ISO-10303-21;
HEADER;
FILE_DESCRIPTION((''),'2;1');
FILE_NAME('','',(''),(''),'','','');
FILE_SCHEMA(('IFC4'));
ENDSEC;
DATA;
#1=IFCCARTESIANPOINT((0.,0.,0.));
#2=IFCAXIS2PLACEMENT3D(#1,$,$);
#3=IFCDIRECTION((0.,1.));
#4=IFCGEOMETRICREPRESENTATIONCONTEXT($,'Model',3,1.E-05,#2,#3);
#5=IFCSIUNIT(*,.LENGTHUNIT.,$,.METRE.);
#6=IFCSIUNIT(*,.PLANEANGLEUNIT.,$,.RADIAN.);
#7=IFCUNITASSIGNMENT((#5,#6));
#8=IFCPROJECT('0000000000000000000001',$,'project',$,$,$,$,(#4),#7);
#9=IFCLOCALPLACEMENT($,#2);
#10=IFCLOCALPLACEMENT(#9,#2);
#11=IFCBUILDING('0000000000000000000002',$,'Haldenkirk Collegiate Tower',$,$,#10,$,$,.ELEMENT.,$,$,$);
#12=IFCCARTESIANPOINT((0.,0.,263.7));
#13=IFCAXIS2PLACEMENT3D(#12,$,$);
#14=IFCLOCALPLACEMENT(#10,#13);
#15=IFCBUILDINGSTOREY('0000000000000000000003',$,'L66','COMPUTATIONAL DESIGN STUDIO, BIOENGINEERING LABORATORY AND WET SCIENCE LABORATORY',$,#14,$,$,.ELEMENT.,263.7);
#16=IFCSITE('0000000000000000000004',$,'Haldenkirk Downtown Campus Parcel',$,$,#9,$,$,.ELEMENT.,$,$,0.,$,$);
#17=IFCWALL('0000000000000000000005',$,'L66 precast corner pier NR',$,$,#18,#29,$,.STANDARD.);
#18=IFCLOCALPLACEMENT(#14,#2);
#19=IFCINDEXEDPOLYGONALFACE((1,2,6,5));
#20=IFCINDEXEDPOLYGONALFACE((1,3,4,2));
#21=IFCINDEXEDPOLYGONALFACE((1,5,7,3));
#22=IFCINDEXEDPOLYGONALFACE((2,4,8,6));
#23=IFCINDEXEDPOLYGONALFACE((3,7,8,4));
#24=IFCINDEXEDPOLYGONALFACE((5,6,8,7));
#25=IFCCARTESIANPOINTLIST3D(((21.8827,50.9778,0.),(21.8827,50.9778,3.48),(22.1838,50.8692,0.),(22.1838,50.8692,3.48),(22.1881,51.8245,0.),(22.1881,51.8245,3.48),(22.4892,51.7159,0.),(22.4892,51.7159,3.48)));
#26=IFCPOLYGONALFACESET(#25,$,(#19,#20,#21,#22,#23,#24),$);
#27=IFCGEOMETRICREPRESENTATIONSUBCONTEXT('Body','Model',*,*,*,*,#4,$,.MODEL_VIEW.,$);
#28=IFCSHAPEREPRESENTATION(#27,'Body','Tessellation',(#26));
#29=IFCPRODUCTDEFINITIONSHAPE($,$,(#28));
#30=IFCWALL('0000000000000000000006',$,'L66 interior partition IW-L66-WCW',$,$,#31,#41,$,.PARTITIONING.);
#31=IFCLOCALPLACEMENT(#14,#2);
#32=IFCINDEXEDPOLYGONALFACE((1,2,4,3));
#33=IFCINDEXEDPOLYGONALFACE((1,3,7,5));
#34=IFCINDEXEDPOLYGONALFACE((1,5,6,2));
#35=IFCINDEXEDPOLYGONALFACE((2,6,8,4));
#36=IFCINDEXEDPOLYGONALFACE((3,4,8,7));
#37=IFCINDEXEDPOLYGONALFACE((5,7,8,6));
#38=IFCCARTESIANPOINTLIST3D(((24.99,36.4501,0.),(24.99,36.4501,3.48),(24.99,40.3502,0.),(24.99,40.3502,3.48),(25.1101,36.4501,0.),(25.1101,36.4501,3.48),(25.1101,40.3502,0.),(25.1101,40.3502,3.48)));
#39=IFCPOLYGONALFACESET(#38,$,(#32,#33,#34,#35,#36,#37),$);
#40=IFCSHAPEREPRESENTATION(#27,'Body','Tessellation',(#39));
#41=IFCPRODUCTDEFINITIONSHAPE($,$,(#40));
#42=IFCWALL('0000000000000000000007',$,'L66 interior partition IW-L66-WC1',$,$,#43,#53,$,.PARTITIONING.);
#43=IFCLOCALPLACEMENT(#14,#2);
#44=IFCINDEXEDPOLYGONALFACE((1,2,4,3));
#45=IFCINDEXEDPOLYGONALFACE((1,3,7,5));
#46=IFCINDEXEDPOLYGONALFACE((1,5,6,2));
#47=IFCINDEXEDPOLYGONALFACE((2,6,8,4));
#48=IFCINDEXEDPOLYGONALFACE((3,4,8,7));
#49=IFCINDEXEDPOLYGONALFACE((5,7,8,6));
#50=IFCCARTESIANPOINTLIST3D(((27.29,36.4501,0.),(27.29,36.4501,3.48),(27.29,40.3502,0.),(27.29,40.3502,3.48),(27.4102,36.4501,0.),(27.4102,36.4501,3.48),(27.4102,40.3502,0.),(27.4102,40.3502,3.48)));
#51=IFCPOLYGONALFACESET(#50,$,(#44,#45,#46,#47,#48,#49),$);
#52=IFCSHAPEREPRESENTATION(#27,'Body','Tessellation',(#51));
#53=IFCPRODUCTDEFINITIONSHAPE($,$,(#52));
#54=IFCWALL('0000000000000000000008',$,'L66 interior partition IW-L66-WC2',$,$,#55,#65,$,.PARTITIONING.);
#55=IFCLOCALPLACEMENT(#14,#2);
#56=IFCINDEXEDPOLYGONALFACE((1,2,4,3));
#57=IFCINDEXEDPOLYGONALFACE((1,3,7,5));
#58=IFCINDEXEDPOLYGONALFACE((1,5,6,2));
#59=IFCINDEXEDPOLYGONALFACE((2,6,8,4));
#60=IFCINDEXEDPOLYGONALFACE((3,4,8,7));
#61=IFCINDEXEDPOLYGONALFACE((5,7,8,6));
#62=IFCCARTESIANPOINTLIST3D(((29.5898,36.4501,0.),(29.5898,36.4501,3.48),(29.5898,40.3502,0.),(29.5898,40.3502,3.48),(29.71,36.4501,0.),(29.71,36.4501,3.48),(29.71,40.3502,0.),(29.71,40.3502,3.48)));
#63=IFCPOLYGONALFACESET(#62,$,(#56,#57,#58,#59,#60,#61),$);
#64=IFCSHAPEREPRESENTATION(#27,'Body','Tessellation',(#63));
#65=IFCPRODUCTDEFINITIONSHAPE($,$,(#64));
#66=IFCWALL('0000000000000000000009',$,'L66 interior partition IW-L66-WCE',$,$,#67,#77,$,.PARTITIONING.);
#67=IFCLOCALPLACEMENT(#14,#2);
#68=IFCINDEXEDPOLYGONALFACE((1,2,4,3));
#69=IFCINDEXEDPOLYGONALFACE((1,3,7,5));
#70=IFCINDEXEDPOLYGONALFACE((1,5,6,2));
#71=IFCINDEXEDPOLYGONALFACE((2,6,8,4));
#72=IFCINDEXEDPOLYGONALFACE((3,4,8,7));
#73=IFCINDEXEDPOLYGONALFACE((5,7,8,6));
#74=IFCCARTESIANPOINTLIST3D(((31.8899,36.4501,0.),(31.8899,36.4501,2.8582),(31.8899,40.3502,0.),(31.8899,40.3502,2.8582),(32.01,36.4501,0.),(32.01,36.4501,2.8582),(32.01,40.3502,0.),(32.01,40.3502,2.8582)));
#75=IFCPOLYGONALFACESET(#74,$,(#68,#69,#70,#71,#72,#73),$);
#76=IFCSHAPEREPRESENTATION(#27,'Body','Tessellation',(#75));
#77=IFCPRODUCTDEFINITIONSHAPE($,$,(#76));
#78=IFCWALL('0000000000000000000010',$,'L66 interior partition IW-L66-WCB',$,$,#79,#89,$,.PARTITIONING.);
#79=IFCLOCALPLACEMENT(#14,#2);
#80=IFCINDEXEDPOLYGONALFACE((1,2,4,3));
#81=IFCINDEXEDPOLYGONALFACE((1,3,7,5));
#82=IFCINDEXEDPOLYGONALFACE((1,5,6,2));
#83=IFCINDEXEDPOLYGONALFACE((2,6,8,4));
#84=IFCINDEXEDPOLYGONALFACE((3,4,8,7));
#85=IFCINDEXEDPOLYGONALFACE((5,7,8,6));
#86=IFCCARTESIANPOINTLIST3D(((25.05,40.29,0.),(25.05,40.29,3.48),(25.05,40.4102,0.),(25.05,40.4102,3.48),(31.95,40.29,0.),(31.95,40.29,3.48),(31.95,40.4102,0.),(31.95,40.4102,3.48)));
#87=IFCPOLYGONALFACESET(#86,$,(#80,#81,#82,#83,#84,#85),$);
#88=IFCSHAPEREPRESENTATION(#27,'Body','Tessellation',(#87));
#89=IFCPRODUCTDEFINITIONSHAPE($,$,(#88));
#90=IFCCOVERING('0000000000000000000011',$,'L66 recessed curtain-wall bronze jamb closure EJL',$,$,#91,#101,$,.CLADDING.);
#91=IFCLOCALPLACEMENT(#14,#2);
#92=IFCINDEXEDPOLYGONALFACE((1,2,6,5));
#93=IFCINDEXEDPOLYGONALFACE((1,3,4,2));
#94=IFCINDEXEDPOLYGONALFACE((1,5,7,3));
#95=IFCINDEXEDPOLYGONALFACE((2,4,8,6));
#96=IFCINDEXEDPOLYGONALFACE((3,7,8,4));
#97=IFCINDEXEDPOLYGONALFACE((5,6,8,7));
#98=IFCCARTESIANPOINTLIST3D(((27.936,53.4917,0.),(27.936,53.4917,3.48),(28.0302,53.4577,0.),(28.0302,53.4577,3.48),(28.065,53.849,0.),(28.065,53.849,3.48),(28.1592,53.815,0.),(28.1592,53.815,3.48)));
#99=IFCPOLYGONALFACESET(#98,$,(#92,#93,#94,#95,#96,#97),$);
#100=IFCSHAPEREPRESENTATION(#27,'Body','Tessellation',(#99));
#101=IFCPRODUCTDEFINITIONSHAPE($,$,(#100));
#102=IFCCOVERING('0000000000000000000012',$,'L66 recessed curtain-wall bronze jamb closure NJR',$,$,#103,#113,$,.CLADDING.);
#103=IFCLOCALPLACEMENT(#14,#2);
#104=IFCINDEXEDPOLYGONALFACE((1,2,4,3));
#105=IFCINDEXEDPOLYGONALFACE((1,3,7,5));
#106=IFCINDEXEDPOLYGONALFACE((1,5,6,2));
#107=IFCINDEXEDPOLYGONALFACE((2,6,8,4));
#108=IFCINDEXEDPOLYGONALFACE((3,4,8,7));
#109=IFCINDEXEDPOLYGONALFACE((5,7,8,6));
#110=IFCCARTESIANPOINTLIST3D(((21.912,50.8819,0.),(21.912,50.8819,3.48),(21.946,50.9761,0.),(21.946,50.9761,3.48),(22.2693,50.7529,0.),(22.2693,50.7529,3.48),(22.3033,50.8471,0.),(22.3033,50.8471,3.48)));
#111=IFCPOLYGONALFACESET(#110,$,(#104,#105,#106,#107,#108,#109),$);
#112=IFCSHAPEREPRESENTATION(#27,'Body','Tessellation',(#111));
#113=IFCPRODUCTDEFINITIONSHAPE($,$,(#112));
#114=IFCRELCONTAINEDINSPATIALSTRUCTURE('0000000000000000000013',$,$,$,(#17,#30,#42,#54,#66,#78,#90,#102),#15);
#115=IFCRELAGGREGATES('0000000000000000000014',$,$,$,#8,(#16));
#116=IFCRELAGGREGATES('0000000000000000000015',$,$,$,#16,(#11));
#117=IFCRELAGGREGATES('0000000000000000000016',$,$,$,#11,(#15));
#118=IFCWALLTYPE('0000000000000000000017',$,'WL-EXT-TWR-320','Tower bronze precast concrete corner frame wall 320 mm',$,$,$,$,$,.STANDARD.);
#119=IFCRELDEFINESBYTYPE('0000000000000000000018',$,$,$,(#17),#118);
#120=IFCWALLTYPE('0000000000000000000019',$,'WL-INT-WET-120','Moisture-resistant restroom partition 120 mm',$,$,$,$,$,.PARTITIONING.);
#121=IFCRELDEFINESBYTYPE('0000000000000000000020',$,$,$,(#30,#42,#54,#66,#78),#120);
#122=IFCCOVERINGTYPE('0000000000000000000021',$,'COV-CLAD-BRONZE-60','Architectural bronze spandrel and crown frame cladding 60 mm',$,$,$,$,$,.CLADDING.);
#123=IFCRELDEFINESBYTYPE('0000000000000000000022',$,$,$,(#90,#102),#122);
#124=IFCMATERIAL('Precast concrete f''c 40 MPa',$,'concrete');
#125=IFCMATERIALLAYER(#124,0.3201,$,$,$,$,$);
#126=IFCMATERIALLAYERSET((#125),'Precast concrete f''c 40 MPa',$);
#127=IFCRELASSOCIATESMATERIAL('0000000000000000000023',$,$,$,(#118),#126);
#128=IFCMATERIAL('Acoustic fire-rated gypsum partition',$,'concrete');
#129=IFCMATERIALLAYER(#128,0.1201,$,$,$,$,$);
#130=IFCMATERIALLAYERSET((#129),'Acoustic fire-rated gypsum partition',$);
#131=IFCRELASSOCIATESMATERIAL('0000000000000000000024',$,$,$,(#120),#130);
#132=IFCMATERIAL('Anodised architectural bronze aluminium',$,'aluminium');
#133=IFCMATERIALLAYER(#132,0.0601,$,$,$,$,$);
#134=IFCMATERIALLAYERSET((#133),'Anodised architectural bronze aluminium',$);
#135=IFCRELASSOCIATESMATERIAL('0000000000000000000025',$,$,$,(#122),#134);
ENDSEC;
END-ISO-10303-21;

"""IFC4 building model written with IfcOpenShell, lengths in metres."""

from ifc_helpers import new_model, si_unit, direction, frame, frame_2d, origin, origin_2d, place, context, subcontext, project, spatial, rectangle, extrude, source, transform, mapped, material, layer, layer_set, type_object, element, save


model = new_model("IFC4")

# Units and contexts
model_context = context("Model", 3, precision=1e-05, world=origin(), true_north=direction((0.0, 1.0)))
body_context = subcontext(model_context, "Body", "Model", "MODEL_VIEW")
ifc_project = project(units=[si_unit("LENGTHUNIT", "METRE"), si_unit("PLANEANGLEUNIT", "RADIAN")], contexts=[model_context])

# Site, building, storey
site_placement = place(None, origin())
site = spatial("IfcSite", under=ifc_project, at=site_placement, Name="Haldenkirk Downtown Campus Parcel", CompositionType="ELEMENT", RefElevation=0.0)
building_placement = place(site_placement, origin())
building = spatial("IfcBuilding", under=site, at=building_placement, Name="Haldenkirk Collegiate Tower", CompositionType="ELEMENT")
storey_placement = place(building_placement, frame((0.0, 0.0, 263.7)))
storey = spatial("IfcBuildingStorey", under=building, at=storey_placement, Name="L66", Description="COMPUTATIONAL DESIGN STUDIO, BIOENGINEERING LABORATORY AND WET SCIENCE LABORATORY", CompositionType="ELEMENT", Elevation=263.7)

# Shared definitions
ifc_material_1 = material(Name="Anodised architectural bronze aluminium", Category="aluminium")

# Shared definitions
ifc_material_2 = material(Name="Precast concrete f'c 40 MPa", Category="concrete")
ifc_layer_1 = layer(ifc_material_2, 0.3201)
ifc_layer_set_1 = layer_set([ifc_layer_1], Name="Precast concrete f'c 40 MPa")
wall_type_1 = type_object("IfcWallType", Name="WL-EXT-TWR-320", Description="Tower bronze precast concrete corner frame wall 320 mm", PredefinedType="STANDARD", material=ifc_layer_set_1)

# Walls
wall_1_placement = place(storey_placement, frame((22.0332, 50.9233, 0.0), z_axis=(0.0, 0.0, 1.0), x_axis=(0.339325, 0.940669, 0.0)))
element("IfcWall", 1, at=wall_1_placement, inside=storey, type_object=wall_type_1, Name="L66 precast corner pier NR", PredefinedType="STANDARD", context=body_context, shape_type="SweptSolid", body=[
    extrude(rectangle(XDim=0.9001, YDim=0.3201, at=frame_2d((0.4502, 0.0))), origin(), (0.0, 0.0, 1.0), 3.48),
])
ifc_material_3 = material(Name="Acoustic fire-rated gypsum partition", Category="concrete")
ifc_layer_2 = layer(ifc_material_3, 0.1201)
ifc_layer_set_2 = layer_set([ifc_layer_2], Name="Acoustic fire-rated gypsum partition")
wall_type_2 = type_object("IfcWallType", Name="WL-INT-WET-120", Description="Moisture-resistant restroom partition 120 mm", PredefinedType="PARTITIONING", material=ifc_layer_set_2)
for number, where, z_axis, x_axis, name in (
    (2, (25.05, 36.45, 0.0), (0.0, 0.0, 1.0), (0.0, 1.0, 0.0), "L66 interior partition IW-L66-WCW"),
    (3, (27.3501, 36.45, 0.0), (0.0, 0.0, 1.0), (0.0, 1.0, 0.0), "L66 interior partition IW-L66-WC1"),
    (4, (29.6499, 36.45, 0.0), (0.0, 0.0, 1.0), (0.0, 1.0, 0.0), "L66 interior partition IW-L66-WC2"),
):
    element("IfcWall", number, at=place(storey_placement, frame(where, z_axis=z_axis, x_axis=x_axis)), inside=storey, type_object=wall_type_2, Name=name, PredefinedType="PARTITIONING", context=body_context, shape_type="SweptSolid", body=[
        extrude(rectangle(XDim=3.9001, YDim=0.1201, at=frame_2d((1.9502, 0.0))), origin(), (0.0, 0.0, 1.0), 3.48),
    ])
wall_2_placement = place(storey_placement, frame((31.95, 36.45, 0.0), z_axis=(0.0, 0.0, 1.0), x_axis=(0.0, 1.0, 0.0)))
element("IfcWall", 5, at=wall_2_placement, inside=storey, type_object=wall_type_2, Name="L66 interior partition IW-L66-WCE", PredefinedType="PARTITIONING", context=body_context, shape_type="SweptSolid", body=[
    extrude(rectangle(XDim=3.9001, YDim=0.1201, at=frame_2d((1.9502, 0.0))), origin(), (0.0, 0.0, 1.0), 2.8582),
])
wall_3_placement = place(storey_placement, frame((25.05, 40.3501, 0.0), z_axis=(0.0, 0.0, 1.0), x_axis=(1.0, 0.0, 0.0)))
element("IfcWall", 6, at=wall_3_placement, inside=storey, type_object=wall_type_2, Name="L66 interior partition IW-L66-WCB", PredefinedType="PARTITIONING", context=body_context, shape_type="SweptSolid", body=[
    extrude(rectangle(XDim=6.8999, YDim=0.1201, at=frame_2d((3.45, 0.0))), origin(), (0.0, 0.0, 1.0), 3.48),
])

# Coverings
ifc_layer_3 = layer(ifc_material_1, 0.0601)
ifc_layer_set_3 = layer_set([ifc_layer_3], Name="Anodised architectural bronze aluminium")
covering_type = type_object("IfcCoveringType", Name="COV-CLAD-BRONZE-60", Description="Architectural bronze spandrel and crown frame cladding 60 mm", PredefinedType="CLADDING", material=ifc_layer_set_3)
shared_shape_1 = source(origin(), body_context, "Body", "SweptSolid", [
    extrude(rectangle(XDim=0.1001, YDim=0.3799, at=origin_2d()), origin(), (0.0, 0.0, 1.0), 3.48),
])
for number, where, z_axis, x_axis, name in (
    (7, (28.0476, 53.6533, 0.0), (0.0, 0.0, 1.0), (0.940585, -0.339559, 0.0), "L66 recessed curtain-wall bronze jamb closure EJL"),
    (8, (22.1077, 50.8645, 0.0), (0.0, 0.0, 1.0), (0.339559, 0.940585, 0.0), "L66 recessed curtain-wall bronze jamb closure NJR"),
):
    element("IfcCovering", number, at=place(storey_placement, frame(where, z_axis=z_axis, x_axis=x_axis)), inside=storey, type_object=covering_type, Name=name, PredefinedType="CLADDING", context=body_context, shape_type="MappedRepresentation", body=[
        mapped(shared_shape_1, transform((0.0, 0.0, 0.0), x_axis=(1.0, 0.0, 0.0), y_axis=(0.0, 1.0, 0.0), z_axis=(0.0, 0.0, 1.0), scale=1.0)),
    ])

save(model, "model.ifc")
